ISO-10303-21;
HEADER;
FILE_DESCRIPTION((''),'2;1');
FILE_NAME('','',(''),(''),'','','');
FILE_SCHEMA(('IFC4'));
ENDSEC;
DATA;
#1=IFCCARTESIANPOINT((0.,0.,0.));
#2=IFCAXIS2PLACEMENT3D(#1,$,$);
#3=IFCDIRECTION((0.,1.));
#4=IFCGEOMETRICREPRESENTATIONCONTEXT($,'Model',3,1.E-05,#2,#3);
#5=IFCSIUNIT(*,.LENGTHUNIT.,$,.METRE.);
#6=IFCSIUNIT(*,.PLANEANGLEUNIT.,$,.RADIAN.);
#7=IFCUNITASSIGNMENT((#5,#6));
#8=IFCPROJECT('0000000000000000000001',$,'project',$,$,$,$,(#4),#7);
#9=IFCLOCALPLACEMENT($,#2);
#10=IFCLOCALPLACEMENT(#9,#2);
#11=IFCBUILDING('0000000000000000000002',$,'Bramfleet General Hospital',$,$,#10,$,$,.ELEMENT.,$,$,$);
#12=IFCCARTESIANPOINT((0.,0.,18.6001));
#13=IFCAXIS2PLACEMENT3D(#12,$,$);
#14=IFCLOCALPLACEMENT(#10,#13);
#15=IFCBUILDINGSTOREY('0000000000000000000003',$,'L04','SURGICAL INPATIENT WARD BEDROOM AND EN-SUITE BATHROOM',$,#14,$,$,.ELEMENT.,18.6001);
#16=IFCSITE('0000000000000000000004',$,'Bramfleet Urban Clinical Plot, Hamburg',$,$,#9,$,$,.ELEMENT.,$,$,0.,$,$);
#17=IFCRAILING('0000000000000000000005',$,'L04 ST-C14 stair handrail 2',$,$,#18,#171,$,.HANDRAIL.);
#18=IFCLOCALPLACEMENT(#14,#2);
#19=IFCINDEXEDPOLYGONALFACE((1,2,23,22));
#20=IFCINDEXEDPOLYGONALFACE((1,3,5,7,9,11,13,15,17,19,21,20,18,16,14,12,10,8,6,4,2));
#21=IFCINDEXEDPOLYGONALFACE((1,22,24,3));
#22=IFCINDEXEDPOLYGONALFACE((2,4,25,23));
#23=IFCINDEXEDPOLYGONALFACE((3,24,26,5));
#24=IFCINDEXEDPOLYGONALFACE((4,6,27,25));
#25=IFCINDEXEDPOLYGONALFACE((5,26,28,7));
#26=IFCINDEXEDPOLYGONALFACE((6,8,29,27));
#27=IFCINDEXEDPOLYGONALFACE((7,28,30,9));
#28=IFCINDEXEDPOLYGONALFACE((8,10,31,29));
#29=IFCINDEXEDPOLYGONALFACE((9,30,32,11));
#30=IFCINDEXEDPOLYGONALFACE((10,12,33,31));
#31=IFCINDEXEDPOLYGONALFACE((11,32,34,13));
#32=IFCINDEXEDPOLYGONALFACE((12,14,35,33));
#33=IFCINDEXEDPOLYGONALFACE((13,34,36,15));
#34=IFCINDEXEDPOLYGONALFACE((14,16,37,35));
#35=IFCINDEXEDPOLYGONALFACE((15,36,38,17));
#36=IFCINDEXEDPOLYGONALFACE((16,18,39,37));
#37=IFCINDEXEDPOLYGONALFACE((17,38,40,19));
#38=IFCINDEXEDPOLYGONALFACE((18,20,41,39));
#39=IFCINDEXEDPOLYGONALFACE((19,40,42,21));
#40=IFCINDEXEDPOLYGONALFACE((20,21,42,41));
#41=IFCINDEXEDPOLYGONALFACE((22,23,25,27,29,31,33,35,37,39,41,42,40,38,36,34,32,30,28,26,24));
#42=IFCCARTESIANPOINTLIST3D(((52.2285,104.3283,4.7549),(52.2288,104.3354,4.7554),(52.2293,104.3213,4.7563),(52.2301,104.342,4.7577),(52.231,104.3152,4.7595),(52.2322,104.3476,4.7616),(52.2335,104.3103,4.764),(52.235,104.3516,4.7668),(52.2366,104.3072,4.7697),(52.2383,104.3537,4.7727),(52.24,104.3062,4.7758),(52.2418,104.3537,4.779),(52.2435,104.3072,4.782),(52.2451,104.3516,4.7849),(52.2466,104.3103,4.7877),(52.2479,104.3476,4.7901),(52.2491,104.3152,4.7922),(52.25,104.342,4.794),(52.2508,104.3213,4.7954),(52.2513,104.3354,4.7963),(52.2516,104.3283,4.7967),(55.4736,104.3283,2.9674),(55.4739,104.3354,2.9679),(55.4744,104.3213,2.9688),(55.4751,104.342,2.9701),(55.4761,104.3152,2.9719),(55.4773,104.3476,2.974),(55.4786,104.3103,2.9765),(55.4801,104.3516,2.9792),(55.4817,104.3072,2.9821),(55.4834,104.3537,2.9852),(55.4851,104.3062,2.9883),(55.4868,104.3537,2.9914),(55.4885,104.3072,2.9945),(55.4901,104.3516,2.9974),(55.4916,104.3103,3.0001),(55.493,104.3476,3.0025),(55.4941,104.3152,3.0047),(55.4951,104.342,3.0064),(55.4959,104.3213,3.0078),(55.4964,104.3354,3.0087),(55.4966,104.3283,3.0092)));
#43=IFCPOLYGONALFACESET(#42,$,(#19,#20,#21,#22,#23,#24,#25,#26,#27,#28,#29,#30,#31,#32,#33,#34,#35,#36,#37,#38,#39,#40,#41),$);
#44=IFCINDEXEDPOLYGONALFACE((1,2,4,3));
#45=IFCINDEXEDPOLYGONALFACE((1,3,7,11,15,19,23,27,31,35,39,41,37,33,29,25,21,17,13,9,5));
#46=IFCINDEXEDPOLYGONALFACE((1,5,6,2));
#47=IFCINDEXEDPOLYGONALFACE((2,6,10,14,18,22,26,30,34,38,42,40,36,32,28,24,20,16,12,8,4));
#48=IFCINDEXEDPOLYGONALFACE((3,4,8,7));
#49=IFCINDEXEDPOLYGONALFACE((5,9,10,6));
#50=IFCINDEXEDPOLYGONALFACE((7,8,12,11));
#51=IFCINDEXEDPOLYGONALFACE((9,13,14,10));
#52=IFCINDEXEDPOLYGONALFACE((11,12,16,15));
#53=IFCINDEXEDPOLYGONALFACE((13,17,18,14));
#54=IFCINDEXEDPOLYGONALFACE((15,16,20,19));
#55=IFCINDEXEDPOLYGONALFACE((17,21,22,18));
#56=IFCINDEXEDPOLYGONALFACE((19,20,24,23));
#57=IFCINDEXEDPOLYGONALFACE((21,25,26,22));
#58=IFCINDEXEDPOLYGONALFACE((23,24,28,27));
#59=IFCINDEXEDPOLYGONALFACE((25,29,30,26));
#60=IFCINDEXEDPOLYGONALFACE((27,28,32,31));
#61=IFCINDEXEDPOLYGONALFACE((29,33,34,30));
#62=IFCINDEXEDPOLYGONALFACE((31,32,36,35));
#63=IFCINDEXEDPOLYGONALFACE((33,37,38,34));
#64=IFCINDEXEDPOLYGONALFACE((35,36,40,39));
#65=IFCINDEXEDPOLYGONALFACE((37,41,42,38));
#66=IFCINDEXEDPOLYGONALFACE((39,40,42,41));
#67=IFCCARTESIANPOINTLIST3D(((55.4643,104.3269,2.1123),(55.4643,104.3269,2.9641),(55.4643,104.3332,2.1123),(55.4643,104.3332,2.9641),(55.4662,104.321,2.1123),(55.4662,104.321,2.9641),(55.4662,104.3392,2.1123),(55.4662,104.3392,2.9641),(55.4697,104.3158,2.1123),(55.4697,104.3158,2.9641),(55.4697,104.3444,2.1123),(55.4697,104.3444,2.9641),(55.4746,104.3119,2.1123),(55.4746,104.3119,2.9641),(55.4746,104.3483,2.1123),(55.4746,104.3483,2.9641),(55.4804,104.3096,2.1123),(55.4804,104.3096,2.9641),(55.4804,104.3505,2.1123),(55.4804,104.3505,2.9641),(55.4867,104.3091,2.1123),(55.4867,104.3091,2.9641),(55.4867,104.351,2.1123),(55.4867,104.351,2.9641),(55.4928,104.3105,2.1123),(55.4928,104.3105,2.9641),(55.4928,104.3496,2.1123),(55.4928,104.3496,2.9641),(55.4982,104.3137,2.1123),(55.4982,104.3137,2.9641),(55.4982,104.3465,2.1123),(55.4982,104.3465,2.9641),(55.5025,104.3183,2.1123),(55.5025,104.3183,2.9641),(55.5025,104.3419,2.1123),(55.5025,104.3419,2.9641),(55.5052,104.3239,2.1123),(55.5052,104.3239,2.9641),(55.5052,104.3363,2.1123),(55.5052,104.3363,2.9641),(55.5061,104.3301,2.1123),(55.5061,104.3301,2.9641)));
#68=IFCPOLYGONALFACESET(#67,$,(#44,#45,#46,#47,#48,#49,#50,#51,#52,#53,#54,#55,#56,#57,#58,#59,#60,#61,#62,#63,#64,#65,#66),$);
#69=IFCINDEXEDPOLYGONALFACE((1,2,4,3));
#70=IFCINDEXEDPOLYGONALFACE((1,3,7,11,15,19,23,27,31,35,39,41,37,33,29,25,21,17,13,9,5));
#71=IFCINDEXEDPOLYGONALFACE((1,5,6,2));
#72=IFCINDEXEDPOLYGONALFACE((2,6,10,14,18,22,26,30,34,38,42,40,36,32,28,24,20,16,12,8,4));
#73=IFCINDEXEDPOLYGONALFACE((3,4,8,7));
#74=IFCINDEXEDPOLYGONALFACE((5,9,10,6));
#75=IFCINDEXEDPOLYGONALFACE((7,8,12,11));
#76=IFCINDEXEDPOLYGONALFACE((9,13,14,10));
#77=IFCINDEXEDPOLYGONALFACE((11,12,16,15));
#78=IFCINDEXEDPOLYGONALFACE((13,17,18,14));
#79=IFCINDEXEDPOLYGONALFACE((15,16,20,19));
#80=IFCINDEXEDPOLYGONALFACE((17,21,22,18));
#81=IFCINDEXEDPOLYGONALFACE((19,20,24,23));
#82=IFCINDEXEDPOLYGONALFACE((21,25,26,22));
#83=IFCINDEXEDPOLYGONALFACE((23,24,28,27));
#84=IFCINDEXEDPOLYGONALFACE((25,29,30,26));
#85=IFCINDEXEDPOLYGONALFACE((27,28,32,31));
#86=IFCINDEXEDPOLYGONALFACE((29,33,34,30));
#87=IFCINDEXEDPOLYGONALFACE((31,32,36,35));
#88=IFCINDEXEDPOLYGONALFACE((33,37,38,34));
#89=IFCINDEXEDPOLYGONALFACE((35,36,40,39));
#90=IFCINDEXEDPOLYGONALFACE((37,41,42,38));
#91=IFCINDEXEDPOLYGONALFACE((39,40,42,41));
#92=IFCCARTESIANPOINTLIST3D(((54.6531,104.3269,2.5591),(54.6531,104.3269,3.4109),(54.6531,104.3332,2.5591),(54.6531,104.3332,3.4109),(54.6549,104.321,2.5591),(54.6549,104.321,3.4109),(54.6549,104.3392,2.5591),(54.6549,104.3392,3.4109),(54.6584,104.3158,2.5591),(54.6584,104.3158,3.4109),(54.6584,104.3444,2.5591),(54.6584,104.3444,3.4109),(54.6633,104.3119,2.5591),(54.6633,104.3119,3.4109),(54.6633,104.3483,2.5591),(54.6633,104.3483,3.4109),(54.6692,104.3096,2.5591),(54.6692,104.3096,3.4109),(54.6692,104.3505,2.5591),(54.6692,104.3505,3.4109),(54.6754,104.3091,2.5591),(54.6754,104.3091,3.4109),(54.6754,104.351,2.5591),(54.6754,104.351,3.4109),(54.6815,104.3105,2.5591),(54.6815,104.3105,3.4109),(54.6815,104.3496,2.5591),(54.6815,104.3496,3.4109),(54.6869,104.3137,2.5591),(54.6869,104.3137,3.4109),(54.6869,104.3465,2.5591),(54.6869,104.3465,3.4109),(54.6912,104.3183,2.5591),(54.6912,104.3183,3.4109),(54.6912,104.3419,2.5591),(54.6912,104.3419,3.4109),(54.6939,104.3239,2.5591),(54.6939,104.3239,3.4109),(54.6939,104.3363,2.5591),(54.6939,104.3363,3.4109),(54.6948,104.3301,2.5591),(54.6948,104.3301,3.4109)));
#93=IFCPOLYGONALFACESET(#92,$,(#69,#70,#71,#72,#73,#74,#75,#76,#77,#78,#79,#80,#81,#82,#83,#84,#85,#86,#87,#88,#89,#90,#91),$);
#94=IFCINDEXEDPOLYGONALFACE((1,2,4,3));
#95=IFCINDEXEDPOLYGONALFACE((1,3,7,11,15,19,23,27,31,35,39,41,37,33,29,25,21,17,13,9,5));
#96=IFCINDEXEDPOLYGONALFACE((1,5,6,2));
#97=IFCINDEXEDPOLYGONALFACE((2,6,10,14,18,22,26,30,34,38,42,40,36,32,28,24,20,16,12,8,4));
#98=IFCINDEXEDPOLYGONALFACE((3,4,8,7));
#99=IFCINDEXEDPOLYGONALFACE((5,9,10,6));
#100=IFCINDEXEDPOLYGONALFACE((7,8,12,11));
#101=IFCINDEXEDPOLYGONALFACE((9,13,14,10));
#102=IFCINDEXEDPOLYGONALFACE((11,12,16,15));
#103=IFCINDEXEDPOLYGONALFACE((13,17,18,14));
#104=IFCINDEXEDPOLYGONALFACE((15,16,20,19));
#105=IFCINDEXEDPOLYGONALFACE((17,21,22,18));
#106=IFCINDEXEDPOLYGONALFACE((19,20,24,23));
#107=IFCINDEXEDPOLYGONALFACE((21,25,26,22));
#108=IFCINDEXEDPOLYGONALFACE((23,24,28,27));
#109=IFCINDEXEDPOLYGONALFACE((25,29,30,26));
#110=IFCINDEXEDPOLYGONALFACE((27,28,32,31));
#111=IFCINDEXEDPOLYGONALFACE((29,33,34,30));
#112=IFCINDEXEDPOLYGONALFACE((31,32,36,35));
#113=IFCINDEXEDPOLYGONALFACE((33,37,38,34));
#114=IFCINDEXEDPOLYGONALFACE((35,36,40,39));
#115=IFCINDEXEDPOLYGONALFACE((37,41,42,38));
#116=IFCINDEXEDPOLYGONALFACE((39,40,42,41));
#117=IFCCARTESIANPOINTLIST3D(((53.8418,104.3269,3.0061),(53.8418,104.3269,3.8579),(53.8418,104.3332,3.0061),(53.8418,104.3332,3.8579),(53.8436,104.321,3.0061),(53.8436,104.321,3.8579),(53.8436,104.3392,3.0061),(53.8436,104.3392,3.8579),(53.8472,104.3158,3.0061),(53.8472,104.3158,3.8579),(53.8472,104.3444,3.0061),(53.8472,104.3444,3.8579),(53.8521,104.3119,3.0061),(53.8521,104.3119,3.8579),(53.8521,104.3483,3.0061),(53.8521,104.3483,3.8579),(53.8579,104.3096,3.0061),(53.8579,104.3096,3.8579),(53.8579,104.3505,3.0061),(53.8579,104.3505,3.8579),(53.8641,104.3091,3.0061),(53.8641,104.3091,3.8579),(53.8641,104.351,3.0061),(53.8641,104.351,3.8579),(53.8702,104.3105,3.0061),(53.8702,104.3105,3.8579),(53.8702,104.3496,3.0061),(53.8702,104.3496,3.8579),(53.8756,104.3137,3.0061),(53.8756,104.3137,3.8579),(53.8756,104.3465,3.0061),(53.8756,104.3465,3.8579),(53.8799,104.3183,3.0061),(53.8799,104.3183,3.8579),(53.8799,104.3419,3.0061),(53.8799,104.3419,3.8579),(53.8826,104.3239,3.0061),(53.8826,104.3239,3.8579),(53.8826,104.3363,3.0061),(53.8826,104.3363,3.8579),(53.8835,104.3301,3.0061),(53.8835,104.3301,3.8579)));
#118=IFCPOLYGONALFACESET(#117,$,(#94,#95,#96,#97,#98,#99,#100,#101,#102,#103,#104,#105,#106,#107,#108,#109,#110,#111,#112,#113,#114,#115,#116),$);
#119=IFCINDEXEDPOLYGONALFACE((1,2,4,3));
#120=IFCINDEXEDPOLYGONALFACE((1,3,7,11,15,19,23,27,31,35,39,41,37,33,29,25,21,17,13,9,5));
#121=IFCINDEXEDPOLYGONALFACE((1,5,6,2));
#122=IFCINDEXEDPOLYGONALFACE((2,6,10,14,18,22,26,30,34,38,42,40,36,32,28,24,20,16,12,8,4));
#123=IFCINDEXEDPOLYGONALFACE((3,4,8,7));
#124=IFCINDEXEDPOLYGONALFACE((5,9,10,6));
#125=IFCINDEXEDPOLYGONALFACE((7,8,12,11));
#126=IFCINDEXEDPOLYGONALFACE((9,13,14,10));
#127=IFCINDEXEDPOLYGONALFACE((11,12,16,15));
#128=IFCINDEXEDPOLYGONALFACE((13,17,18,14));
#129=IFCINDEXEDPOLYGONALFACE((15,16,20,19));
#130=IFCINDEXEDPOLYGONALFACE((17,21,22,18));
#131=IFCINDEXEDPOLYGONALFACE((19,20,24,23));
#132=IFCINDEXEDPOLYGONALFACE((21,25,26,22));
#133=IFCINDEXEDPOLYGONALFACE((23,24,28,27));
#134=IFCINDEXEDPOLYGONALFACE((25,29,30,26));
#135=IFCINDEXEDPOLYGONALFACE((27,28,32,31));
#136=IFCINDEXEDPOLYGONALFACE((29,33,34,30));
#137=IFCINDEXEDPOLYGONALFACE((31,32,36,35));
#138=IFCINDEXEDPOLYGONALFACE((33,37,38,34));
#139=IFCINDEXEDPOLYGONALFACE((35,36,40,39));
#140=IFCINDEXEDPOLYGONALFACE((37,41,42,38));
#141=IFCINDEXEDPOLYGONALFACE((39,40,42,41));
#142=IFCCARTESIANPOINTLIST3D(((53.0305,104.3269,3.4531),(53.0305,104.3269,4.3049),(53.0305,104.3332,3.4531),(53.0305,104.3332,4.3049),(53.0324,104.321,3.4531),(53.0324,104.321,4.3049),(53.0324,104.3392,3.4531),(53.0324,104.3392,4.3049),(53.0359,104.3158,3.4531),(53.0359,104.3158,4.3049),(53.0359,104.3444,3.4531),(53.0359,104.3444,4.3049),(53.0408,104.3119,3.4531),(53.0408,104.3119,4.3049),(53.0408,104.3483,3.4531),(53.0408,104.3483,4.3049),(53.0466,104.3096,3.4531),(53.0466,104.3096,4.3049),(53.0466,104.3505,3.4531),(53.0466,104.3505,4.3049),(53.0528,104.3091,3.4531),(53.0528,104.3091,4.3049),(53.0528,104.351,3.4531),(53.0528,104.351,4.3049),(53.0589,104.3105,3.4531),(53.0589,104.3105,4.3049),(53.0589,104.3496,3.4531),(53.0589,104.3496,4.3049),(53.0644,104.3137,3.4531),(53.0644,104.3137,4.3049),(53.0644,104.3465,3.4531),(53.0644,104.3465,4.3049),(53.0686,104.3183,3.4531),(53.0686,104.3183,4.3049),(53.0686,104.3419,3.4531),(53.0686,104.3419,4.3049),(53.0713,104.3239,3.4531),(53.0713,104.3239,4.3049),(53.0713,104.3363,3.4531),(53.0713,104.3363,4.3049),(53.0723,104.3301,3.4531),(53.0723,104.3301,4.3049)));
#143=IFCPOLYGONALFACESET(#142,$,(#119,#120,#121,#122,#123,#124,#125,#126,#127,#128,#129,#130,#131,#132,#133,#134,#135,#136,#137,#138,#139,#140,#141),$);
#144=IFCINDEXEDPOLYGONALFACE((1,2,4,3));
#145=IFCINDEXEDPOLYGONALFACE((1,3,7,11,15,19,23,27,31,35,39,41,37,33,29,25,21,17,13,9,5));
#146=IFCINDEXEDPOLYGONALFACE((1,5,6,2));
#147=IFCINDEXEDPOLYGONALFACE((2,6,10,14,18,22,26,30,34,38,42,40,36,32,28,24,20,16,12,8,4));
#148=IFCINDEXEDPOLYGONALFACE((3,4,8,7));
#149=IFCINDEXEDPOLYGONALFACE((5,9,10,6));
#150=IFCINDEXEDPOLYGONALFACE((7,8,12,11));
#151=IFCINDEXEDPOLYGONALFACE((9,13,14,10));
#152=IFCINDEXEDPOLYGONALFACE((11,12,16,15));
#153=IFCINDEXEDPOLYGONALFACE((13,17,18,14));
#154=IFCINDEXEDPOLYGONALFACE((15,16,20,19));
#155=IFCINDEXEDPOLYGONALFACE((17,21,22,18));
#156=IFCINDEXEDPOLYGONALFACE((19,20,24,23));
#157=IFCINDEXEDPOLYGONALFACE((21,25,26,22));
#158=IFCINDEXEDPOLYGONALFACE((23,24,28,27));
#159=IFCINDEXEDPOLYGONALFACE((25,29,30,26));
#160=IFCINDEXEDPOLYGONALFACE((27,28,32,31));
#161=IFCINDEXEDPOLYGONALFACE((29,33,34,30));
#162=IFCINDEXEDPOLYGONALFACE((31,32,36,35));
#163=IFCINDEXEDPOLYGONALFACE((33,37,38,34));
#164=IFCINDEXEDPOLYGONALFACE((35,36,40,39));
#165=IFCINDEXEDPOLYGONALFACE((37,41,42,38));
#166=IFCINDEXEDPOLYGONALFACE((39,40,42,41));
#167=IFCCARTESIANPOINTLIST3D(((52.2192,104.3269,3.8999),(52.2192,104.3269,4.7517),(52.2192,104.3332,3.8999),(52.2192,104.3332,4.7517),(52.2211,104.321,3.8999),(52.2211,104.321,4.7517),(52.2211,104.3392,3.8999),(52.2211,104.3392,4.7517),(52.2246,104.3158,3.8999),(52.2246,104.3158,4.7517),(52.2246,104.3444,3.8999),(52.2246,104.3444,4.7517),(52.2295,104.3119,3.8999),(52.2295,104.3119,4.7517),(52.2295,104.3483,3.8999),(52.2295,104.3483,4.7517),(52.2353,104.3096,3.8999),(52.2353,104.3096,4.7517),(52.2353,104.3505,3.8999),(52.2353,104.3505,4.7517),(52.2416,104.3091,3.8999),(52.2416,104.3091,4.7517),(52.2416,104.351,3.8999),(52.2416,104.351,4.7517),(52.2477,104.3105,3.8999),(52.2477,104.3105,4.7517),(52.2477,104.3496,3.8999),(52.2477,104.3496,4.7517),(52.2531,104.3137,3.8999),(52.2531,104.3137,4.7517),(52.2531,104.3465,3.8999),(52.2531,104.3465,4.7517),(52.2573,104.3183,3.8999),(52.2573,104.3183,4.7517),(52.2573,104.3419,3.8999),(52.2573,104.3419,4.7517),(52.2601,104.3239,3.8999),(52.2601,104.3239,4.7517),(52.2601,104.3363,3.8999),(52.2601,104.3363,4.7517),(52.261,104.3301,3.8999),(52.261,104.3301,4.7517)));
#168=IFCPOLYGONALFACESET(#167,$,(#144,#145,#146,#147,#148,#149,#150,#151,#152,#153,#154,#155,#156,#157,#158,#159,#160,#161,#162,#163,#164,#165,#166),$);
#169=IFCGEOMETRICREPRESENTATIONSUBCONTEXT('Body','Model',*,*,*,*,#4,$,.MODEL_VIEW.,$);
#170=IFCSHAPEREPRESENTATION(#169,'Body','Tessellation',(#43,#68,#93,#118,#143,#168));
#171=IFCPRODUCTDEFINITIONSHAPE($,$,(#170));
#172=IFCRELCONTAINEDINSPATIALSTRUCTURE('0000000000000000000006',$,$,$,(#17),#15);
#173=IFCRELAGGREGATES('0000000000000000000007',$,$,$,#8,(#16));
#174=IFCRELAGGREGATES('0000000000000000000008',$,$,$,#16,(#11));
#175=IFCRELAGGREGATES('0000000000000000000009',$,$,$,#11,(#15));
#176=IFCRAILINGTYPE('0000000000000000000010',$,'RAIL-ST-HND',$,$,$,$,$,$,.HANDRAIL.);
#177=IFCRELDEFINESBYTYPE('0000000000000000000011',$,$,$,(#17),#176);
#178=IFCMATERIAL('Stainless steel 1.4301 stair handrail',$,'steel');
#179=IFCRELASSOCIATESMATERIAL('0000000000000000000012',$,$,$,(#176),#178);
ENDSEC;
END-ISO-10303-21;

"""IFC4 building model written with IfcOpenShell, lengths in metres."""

from ifc_helpers import new_model, si_unit, direction, frame, origin, origin_2d, place, context, subcontext, project, spatial, circle, extrude, material, type_object, element, save


model = new_model("IFC4")

# Units and contexts
model_context = context("Model", 3, precision=1e-05, world=origin(), true_north=direction((0.0, 1.0)))
body_context = subcontext(model_context, "Body", "Model", "MODEL_VIEW")
ifc_project = project(units=[si_unit("LENGTHUNIT", "METRE"), si_unit("PLANEANGLEUNIT", "RADIAN")], contexts=[model_context])

# Site, building, storey
site_placement = place(None, origin())
site = spatial("IfcSite", under=ifc_project, at=site_placement, Name="Bramfleet Urban Clinical Plot, Hamburg", CompositionType="ELEMENT", RefElevation=0.0)
building_placement = place(site_placement, origin())
building = spatial("IfcBuilding", under=site, at=building_placement, Name="Bramfleet General Hospital", CompositionType="ELEMENT")
storey_placement = place(building_placement, frame((0.0, 0.0, 18.6001)))
storey = spatial("IfcBuildingStorey", under=building, at=storey_placement, Name="L04", Description="SURGICAL INPATIENT WARD BEDROOM AND EN-SUITE BATHROOM", CompositionType="ELEMENT", Elevation=18.6001)

# Railing
ifc_material_1 = material(Name="Stainless steel 1.4301 stair handrail", Category="steel")
railing_type_1 = type_object("IfcRailingType", Name="RAIL-ST-HND", PredefinedType="HANDRAIL", material=ifc_material_1)
railing_1_placement = place(storey_placement, frame((55.4851, 104.3301, 2.1123)))
element("IfcRailing", 1, at=railing_1_placement, inside=storey, type_object=railing_type_1, Name="L04 ST-C14 stair handrail 2", PredefinedType="HANDRAIL", context=body_context, shape_type="SweptSolid", body=[
    extrude(circle(Radius=0.0239, at=origin_2d()), frame((0.0, 0.0, 0.876), z_axis=(-0.875899, 0.0, 0.482495), x_axis=(0.0, -1.0, 0.0)), (0.0, 0.0, 1.0), 3.7048),
    extrude(circle(Radius=0.021, at=origin_2d()), origin(), (0.0, 0.0, 1.0), 0.8518),
    extrude(circle(Radius=0.021, at=origin_2d()), frame((-0.8113, 0.0, 0.4468)), (0.0, 0.0, 1.0), 0.8518),
    extrude(circle(Radius=0.021, at=origin_2d()), frame((-1.6226, 0.0, 0.8938)), (0.0, 0.0, 1.0), 0.8518),
    extrude(circle(Radius=0.021, at=origin_2d()), frame((-2.4338, 0.0, 1.3408)), (0.0, 0.0, 1.0), 0.8518),
    extrude(circle(Radius=0.021, at=origin_2d()), frame((-3.2451, 0.0, 1.7876)), (0.0, 0.0, 1.0), 0.8518),
])

save(model, "model.ifc")
